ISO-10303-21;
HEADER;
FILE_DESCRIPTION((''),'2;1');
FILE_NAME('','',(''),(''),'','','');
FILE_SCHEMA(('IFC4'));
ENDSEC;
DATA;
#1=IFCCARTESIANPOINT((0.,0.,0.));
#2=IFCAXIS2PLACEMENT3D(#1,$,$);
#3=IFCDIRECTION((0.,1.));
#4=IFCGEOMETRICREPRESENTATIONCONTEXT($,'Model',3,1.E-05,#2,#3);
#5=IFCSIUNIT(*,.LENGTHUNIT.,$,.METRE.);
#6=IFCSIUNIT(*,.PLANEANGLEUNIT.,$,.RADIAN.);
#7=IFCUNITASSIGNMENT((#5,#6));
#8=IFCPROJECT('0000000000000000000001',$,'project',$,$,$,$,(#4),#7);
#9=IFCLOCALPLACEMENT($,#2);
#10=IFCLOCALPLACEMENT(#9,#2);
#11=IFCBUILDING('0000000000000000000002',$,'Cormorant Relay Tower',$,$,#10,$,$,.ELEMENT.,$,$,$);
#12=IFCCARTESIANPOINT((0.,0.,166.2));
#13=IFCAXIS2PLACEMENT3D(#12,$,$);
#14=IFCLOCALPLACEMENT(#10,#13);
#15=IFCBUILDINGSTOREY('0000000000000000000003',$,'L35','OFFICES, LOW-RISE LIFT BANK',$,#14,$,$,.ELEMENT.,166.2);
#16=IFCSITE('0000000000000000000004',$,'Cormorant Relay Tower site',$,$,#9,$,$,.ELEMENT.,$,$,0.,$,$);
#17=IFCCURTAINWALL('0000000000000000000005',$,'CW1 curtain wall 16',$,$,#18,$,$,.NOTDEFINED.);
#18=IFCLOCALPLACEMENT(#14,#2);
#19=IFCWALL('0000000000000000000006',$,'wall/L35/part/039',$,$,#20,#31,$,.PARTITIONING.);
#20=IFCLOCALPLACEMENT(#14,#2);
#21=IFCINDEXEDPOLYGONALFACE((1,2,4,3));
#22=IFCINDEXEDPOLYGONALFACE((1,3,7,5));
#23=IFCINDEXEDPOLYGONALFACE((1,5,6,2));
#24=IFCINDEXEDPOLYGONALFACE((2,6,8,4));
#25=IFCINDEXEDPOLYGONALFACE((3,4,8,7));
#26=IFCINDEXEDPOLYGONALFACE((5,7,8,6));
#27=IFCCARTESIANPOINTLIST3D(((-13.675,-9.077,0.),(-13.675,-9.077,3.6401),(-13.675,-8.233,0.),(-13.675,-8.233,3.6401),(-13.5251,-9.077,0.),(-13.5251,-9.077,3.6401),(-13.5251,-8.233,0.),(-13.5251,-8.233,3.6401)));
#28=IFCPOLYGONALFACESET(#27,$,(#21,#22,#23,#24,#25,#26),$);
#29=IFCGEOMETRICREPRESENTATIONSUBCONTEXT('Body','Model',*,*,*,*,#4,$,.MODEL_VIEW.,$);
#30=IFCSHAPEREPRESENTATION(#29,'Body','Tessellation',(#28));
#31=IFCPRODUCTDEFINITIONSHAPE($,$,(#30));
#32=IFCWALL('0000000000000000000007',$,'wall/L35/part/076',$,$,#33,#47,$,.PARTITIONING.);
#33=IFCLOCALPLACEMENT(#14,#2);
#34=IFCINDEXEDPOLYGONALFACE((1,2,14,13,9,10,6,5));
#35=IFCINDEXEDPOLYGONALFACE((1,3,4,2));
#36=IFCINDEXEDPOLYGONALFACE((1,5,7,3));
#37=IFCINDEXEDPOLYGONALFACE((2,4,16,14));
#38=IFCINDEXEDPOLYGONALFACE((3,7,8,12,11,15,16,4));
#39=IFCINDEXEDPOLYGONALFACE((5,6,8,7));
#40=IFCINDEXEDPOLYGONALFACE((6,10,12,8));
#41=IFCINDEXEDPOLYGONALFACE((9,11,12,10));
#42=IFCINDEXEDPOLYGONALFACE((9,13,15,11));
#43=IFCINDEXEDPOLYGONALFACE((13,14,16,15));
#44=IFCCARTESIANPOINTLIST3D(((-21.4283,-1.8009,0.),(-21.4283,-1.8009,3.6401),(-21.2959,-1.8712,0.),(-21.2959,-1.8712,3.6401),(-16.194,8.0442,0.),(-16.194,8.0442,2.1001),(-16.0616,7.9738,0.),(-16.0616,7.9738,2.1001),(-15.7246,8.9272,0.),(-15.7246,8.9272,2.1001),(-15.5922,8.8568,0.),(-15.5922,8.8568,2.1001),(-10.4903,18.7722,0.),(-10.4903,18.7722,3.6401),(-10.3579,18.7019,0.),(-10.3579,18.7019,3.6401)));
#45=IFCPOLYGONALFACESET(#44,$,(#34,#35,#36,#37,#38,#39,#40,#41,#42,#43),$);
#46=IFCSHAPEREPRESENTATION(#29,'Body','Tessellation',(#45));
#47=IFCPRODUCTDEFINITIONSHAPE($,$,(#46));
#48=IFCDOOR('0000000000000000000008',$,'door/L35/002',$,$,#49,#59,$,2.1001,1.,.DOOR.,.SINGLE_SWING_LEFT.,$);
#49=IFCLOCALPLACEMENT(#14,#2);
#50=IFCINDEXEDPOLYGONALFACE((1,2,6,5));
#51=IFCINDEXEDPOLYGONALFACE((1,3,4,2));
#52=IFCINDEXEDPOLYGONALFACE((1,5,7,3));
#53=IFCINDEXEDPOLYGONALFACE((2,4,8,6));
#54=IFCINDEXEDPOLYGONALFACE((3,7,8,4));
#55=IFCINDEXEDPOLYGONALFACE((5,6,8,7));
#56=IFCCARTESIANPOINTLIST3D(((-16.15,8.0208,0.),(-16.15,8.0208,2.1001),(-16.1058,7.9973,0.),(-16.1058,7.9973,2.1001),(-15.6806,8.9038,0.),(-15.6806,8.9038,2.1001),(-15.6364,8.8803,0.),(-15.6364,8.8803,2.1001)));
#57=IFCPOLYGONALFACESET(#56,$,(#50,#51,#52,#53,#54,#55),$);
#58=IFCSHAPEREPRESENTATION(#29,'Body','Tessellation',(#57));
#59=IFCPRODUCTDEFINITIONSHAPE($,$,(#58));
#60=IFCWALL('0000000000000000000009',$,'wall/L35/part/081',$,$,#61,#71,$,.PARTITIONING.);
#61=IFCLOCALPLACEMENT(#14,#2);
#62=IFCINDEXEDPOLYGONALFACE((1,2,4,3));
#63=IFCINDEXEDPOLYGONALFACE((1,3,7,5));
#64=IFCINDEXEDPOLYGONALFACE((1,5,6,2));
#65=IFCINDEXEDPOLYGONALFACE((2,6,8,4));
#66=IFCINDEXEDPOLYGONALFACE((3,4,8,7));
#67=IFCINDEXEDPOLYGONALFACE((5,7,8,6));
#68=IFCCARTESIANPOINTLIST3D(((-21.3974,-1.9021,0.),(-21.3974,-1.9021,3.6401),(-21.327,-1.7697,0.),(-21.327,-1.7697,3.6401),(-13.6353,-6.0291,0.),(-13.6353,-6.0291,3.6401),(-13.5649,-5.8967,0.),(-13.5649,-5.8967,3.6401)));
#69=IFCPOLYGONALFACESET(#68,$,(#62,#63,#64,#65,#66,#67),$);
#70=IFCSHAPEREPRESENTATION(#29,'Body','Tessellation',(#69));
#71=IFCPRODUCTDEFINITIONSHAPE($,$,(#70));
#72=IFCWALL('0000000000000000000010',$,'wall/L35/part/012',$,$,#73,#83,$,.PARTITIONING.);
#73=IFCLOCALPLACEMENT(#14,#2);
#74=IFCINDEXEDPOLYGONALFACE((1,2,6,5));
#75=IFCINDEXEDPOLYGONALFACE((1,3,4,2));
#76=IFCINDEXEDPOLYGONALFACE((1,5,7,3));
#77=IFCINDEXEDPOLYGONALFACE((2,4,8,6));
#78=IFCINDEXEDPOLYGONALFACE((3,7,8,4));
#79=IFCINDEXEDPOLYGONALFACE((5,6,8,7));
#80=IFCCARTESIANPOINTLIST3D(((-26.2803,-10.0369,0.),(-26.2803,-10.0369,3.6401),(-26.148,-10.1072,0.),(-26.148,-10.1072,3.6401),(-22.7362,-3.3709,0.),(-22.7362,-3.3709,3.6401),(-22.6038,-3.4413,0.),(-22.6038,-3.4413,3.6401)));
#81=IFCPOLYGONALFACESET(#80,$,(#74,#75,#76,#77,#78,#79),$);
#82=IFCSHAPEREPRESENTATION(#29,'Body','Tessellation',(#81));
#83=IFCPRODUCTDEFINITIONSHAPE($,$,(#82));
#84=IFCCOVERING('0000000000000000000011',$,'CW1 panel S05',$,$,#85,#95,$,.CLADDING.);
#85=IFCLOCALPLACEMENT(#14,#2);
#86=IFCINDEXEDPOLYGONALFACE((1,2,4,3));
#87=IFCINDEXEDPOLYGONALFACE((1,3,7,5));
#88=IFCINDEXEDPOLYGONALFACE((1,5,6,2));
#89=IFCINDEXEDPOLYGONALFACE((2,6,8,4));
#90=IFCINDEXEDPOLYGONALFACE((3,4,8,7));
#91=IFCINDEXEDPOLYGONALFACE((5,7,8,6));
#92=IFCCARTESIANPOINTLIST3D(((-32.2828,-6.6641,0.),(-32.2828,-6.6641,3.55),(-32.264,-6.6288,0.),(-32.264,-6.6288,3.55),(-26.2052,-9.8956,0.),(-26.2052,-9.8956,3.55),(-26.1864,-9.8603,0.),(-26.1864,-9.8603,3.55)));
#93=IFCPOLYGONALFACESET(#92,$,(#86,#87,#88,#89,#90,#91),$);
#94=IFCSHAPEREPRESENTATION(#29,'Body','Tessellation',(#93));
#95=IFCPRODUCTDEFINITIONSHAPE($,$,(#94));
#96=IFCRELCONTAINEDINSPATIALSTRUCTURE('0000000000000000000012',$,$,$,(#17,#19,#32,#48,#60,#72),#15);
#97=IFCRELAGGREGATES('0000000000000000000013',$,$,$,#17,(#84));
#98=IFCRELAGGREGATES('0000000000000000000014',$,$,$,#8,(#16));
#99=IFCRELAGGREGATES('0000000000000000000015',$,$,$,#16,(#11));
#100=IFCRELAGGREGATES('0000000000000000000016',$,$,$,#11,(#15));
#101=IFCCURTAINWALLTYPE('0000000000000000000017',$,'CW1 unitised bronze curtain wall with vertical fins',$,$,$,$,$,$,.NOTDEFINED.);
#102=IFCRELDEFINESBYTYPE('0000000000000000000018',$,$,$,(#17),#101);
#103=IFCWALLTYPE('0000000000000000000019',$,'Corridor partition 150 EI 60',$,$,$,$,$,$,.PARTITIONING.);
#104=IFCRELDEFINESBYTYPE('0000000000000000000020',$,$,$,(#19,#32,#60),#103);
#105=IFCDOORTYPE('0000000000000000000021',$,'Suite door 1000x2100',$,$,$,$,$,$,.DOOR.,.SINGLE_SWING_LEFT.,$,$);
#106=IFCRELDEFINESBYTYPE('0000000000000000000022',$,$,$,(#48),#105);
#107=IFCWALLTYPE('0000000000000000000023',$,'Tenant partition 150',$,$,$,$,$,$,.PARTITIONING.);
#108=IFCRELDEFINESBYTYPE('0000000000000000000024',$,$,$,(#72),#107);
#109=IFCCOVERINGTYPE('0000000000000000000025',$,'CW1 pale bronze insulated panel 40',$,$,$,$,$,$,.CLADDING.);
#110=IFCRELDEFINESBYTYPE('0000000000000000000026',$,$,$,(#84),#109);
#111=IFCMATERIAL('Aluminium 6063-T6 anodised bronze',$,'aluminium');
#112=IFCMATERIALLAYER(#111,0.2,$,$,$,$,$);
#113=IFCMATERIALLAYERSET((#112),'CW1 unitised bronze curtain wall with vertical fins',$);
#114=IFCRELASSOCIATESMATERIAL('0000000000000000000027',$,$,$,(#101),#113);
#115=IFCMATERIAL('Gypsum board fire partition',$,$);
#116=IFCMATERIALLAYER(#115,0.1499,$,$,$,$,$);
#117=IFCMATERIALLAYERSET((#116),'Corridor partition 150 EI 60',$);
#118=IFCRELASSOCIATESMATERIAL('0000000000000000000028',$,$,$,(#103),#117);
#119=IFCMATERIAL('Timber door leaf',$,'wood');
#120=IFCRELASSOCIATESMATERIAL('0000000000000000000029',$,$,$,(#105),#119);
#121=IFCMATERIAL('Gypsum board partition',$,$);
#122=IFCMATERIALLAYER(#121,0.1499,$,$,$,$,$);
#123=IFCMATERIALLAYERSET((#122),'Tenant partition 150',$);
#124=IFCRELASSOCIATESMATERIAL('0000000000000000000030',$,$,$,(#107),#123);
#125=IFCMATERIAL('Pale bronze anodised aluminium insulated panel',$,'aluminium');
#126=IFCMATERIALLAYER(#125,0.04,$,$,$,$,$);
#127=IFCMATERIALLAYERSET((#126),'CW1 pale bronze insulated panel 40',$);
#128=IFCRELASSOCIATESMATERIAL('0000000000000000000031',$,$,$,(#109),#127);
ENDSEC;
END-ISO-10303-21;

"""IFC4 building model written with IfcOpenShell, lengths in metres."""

from ifc_helpers import new_model, si_unit, direction, frame, frame_2d, origin, origin_2d, place, context, subcontext, project, spatial, rectangle, extrude, material, layer, layer_set, type_object, element, fill, aggregate, save


model = new_model("IFC4")

# Units and contexts
model_context = context("Model", 3, precision=1e-05, world=origin(), true_north=direction((0.0, 1.0)))
body_context = subcontext(model_context, "Body", "Model", "MODEL_VIEW")
ifc_project = project(units=[si_unit("LENGTHUNIT", "METRE"), si_unit("PLANEANGLEUNIT", "RADIAN")], contexts=[model_context])

# Site, building, storey
site_placement = place(None, origin())
site = spatial("IfcSite", under=ifc_project, at=site_placement, Name="Cormorant Relay Tower site", CompositionType="ELEMENT", RefElevation=0.0)
building_placement = place(site_placement, origin())
building = spatial("IfcBuilding", under=site, at=building_placement, Name="Cormorant Relay Tower", CompositionType="ELEMENT")
storey_placement = place(building_placement, frame((0.0, 0.0, 166.2)))
storey = spatial("IfcBuildingStorey", under=building, at=storey_placement, Name="L35", Description="OFFICES, LOW-RISE LIFT BANK", CompositionType="ELEMENT", Elevation=166.2)

# Curtain wall
ifc_material_1 = material(Name="Aluminium 6063-T6 anodised bronze", Category="aluminium")
ifc_layer_1 = layer(ifc_material_1, 0.2)
ifc_layer_set_1 = layer_set([ifc_layer_1], Name="CW1 unitised bronze curtain wall with vertical fins")
curtain_wall_type = type_object("IfcCurtainWallType", Name="CW1 unitised bronze curtain wall with vertical fins", PredefinedType="NOTDEFINED", material=ifc_layer_set_1)
curtain_wall_placement = place(storey_placement, origin())
curtain_wall = element("IfcCurtainWall", 1, at=curtain_wall_placement, inside=storey, type_object=curtain_wall_type, Name="CW1 curtain wall 16", PredefinedType="NOTDEFINED")

# Shared definitions
ifc_material_2 = material(Name="Gypsum board fire partition")
ifc_layer_2 = layer(ifc_material_2, 0.1499)
ifc_layer_set_2 = layer_set([ifc_layer_2], Name="Corridor partition 150 EI 60")
wall_type_1 = type_object("IfcWallType", Name="Corridor partition 150 EI 60", PredefinedType="PARTITIONING", material=ifc_layer_set_2)
ifc_material_3 = material(Name="Timber door leaf", Category="wood")
door_type_1 = type_object("IfcDoorType", Name="Suite door 1000x2100", OperationType="SINGLE_SWING_LEFT", PredefinedType="DOOR", material=ifc_material_3)

# Wall
wall_1_placement = place(storey_placement, frame((-13.6001, -9.0769, 0.0), z_axis=(0.0, 0.0, 1.0), x_axis=(0.0, 1.0, 0.0)))
element("IfcWall", 2, at=wall_1_placement, inside=storey, type_object=wall_type_1, Name="wall/L35/part/039", PredefinedType="PARTITIONING", context=body_context, shape_type="SweptSolid", body=[
    extrude(rectangle(XDim=0.844, YDim=0.1499, at=frame_2d((0.4219, 0.0))), origin(), (0.0, 0.0, 1.0), 3.6401),
])

# Wall, opening, door
wall_2_placement = place(storey_placement, frame((-21.3621, -1.8359, 0.0), z_axis=(0.0, 0.0, 1.0), x_axis=(0.469442, 0.882963, 0.0)))
wall_2 = element("IfcWall", 3, at=wall_2_placement, inside=storey, type_object=wall_type_1, Name="wall/L35/part/076", PredefinedType="PARTITIONING", context=body_context, shape_type="SweptSolid", body=[
    extrude(rectangle(XDim=23.3, YDim=0.1499, at=frame_2d((11.6499, 0.0))), origin(), (0.0, 0.0, 1.0), 3.6401),
])
opening_1_placement = place(wall_2_placement, frame((11.1499, 0.0, 0.0)))
opening_1 = element("IfcOpeningElement", 4, at=opening_1_placement, cuts=wall_2, PredefinedType="OPENING", context=body_context, shape_type="SweptSolid", body=[
    extrude(rectangle(XDim=1.0, YDim=2.1001, at=frame_2d((0.5, 1.05))), frame((0.0, 0.085, 0.0), z_axis=(0.0, -1.0, 0.0), x_axis=(1.0, 0.0, 0.0)), (0.0, 0.0, 1.0), 0.1699),
])
door_1_placement = place(opening_1_placement, frame((1.0, 0.0, 0.0), z_axis=(0.0, 0.0, 1.0), x_axis=(-1.0, 0.0, 0.0)))
door_1 = element("IfcDoor", 5, at=door_1_placement, inside=storey, type_object=door_type_1, Name="door/L35/002", OperationType="SINGLE_SWING_LEFT", OverallHeight=2.1001, OverallWidth=1.0, PredefinedType="DOOR", context=body_context, shape_type="SweptSolid", body=[
    extrude(rectangle(XDim=1.0, YDim=2.1001, at=frame_2d((0.5, 1.05))), frame((0.0, 0.0249, 0.0), z_axis=(0.0, -1.0, 0.0), x_axis=(1.0, 0.0, 0.0)), (0.0, 0.0, 1.0), 0.05),
])
fill(opening_1, door_1)

# Walls
wall_3_placement = place(storey_placement, frame((-13.6001, -5.9629, 0.0), z_axis=(0.0, 0.0, 1.0), x_axis=(-0.882955, 0.469458, 0.0)))
element("IfcWall", 6, at=wall_3_placement, inside=storey, type_object=wall_type_1, Name="wall/L35/part/081", PredefinedType="PARTITIONING", context=body_context, shape_type="SweptSolid", body=[
    extrude(rectangle(XDim=8.791, YDim=0.1499, at=frame_2d((4.3955, 0.0))), origin(), (0.0, 0.0, 1.0), 3.6401),
])
ifc_material_4 = material(Name="Gypsum board partition")
ifc_layer_3 = layer(ifc_material_4, 0.1499)
ifc_layer_set_3 = layer_set([ifc_layer_3], Name="Tenant partition 150")
wall_type_2 = type_object("IfcWallType", Name="Tenant partition 150", PredefinedType="PARTITIONING", material=ifc_layer_set_3)
wall_4_placement = place(storey_placement, frame((-22.6699, -3.406, 0.0), z_axis=(0.0, 0.0, 1.0), x_axis=(-0.469452, -0.882958, 0.0)))
element("IfcWall", 7, at=wall_4_placement, inside=storey, type_object=wall_type_2, Name="wall/L35/part/012", PredefinedType="PARTITIONING", context=body_context, shape_type="SweptSolid", body=[
    extrude(rectangle(XDim=7.5496, YDim=0.1499, at=frame_2d((3.7749, 0.0))), origin(), (0.0, 0.0, 1.0), 3.6401),
])

# Covering
ifc_material_5 = material(Name="Pale bronze anodised aluminium insulated panel", Category="aluminium")
ifc_layer_4 = layer(ifc_material_5, 0.04)
ifc_layer_set_4 = layer_set([ifc_layer_4], Name="CW1 pale bronze insulated panel 40")
covering_type = type_object("IfcCoveringType", Name="CW1 pale bronze insulated panel 40", PredefinedType="CLADDING", material=ifc_layer_set_4)
covering_placement = place(storey_placement, frame((-29.2346, -8.2622, 0.0), z_axis=(0.0, 0.0, 1.0), x_axis=(0.882948, -0.469472, 0.0)))
covering = element("IfcCovering", 8, at=covering_placement, type_object=covering_type, Name="CW1 panel S05", PredefinedType="CLADDING", context=body_context, shape_type="SweptSolid", body=[
    extrude(rectangle(XDim=6.8833, YDim=0.04, at=origin_2d()), origin(), (0.0, 0.0, 1.0), 3.55),
])
aggregate(curtain_wall, [covering])

save(model, "model.ifc")
